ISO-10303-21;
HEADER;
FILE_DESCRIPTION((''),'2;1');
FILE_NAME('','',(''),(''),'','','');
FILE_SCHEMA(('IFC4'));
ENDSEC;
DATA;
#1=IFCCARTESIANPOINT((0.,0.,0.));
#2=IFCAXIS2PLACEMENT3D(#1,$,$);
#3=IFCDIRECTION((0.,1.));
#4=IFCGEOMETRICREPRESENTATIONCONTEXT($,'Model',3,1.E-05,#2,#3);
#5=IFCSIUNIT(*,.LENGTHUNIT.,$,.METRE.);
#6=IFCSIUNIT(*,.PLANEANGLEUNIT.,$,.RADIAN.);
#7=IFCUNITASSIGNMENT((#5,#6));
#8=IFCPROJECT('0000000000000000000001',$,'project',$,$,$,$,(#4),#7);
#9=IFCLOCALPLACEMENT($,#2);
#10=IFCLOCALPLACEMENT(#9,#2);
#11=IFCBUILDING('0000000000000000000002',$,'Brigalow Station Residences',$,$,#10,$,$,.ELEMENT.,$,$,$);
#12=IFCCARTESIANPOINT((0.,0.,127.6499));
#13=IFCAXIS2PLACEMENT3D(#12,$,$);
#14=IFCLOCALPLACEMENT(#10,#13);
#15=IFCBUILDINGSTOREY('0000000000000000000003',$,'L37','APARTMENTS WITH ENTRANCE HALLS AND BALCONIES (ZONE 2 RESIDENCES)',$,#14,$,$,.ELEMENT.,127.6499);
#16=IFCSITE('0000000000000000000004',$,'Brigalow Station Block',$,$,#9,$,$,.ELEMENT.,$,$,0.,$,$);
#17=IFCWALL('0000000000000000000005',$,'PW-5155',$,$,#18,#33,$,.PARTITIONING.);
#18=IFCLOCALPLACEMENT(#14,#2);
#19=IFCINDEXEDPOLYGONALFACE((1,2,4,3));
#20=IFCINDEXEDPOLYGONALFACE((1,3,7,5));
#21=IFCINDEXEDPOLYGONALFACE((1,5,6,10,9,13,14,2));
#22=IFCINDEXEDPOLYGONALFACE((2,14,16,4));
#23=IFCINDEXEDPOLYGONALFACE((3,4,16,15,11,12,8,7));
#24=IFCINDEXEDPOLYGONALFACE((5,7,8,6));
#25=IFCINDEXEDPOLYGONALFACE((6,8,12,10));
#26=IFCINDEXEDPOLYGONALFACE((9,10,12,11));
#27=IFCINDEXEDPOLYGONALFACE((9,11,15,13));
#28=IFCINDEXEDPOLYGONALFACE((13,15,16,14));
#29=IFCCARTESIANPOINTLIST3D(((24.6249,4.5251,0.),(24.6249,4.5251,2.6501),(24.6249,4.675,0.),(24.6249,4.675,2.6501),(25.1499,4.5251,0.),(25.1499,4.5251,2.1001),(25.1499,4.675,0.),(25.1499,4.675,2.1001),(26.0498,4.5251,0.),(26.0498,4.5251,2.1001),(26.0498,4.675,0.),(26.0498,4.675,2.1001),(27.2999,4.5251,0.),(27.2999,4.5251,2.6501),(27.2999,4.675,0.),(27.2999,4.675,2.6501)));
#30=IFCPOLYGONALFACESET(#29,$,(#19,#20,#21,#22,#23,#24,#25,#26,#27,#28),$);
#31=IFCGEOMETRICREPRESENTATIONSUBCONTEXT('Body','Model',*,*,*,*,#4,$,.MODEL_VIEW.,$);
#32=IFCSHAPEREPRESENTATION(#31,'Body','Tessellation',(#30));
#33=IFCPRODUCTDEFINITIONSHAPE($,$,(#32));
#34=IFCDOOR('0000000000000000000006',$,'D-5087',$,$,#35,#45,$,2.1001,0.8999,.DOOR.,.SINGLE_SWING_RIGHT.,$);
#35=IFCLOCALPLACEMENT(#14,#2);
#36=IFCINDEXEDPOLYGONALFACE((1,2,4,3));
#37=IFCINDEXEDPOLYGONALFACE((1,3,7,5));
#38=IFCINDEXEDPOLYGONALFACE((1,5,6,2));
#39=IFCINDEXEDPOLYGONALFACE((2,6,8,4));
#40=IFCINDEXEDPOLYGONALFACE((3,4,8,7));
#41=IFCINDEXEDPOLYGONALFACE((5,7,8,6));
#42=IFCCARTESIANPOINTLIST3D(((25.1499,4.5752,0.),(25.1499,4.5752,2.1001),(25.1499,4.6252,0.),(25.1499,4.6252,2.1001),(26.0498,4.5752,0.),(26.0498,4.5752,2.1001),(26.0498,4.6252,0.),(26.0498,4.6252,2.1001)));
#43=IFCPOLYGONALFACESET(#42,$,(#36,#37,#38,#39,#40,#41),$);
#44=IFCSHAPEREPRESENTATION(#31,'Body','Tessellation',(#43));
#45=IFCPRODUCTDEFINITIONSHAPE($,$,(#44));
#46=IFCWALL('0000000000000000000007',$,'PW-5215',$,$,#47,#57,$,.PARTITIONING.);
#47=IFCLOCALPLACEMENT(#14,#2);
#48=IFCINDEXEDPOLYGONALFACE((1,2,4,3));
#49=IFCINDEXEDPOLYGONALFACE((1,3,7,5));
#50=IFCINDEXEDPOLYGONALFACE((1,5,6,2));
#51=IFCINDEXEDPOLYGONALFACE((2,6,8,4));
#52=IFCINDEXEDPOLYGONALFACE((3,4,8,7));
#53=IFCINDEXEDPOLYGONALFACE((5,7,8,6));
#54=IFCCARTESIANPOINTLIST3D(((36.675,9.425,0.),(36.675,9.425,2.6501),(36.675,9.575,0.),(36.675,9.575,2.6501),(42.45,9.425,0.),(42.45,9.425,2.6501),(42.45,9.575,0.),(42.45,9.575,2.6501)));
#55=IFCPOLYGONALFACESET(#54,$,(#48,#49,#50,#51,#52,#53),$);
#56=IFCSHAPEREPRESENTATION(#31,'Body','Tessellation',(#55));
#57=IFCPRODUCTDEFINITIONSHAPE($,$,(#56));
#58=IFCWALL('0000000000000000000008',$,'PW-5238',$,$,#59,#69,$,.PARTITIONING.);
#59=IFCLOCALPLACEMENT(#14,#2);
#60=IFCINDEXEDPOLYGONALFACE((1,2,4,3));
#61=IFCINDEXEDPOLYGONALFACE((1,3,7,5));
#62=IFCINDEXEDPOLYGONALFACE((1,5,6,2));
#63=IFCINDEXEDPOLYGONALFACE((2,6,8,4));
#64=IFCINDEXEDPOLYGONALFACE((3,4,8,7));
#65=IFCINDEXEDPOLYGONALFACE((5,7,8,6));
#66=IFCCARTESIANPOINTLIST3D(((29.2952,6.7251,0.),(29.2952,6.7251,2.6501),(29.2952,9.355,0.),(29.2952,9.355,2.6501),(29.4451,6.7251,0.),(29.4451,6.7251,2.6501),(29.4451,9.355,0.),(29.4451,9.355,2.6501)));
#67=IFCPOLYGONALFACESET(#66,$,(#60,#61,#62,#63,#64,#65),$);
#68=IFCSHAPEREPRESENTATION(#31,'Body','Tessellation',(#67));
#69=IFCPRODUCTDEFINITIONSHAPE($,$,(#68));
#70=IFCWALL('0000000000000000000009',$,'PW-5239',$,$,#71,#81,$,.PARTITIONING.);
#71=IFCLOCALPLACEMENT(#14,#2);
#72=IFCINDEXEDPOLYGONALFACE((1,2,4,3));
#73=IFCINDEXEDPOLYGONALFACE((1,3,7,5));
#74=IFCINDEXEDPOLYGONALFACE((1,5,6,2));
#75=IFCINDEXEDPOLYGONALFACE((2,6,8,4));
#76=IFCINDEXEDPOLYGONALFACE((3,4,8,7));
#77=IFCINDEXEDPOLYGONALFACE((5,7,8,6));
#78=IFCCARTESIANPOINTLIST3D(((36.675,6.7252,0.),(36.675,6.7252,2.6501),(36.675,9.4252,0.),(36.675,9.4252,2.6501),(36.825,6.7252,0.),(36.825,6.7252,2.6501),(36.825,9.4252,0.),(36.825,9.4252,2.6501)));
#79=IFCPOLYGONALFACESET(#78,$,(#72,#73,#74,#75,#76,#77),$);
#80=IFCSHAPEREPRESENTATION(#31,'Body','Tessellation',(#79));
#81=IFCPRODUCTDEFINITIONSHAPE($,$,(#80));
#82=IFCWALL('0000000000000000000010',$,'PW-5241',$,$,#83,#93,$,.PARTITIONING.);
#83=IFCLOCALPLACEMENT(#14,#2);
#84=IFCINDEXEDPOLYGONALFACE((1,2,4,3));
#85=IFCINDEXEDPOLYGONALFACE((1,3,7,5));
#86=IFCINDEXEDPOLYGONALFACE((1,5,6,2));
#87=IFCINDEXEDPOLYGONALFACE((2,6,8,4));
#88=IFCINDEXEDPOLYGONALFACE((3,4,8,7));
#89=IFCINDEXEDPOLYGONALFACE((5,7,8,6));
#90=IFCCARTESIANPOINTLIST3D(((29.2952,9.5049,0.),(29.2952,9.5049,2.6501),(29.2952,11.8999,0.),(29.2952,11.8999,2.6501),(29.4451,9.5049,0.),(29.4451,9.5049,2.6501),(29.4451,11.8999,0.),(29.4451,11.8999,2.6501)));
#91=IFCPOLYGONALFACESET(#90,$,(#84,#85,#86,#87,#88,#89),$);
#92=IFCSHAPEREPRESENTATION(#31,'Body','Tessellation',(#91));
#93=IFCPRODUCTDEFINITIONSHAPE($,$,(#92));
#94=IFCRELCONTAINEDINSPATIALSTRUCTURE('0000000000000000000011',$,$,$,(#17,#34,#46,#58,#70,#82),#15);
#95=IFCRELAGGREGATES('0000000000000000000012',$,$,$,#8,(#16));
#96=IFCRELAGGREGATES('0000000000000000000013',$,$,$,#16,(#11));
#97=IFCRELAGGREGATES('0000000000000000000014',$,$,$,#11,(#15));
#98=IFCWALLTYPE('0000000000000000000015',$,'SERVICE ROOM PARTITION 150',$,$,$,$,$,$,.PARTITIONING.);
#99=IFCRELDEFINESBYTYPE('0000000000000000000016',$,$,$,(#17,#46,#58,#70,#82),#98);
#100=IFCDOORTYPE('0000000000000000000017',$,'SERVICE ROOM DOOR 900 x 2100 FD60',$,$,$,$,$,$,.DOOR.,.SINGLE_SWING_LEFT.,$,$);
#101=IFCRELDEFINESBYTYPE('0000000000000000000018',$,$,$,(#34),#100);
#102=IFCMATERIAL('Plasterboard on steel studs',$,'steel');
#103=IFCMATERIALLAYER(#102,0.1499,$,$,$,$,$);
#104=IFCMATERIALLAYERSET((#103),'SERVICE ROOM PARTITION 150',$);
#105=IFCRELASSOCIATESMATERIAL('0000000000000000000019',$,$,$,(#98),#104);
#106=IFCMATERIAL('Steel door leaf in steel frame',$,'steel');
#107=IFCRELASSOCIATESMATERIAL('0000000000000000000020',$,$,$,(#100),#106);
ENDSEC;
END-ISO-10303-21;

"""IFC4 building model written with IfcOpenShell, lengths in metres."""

from ifc_helpers import new_model, si_unit, direction, frame, frame_2d, origin, place, context, subcontext, project, spatial, rectangle, extrude, material, layer, layer_set, type_object, element, fill, save


model = new_model("IFC4")

# Units and contexts
model_context = context("Model", 3, precision=1e-05, world=origin(), true_north=direction((0.0, 1.0)))
body_context = subcontext(model_context, "Body", "Model", "MODEL_VIEW")
ifc_project = project(units=[si_unit("LENGTHUNIT", "METRE"), si_unit("PLANEANGLEUNIT", "RADIAN")], contexts=[model_context])

# Site, building, storey
site_placement = place(None, origin())
site = spatial("IfcSite", under=ifc_project, at=site_placement, Name="Brigalow Station Block", CompositionType="ELEMENT", RefElevation=0.0)
building_placement = place(site_placement, origin())
building = spatial("IfcBuilding", under=site, at=building_placement, Name="Brigalow Station Residences", CompositionType="ELEMENT")
storey_placement = place(building_placement, frame((0.0, 0.0, 127.6499)))
storey = spatial("IfcBuildingStorey", under=building, at=storey_placement, Name="L37", Description="APARTMENTS WITH ENTRANCE HALLS AND BALCONIES (ZONE 2 RESIDENCES)", CompositionType="ELEMENT", Elevation=127.6499)

# Wall, opening, door
ifc_material_1 = material(Name="Plasterboard on steel studs", Category="steel")
ifc_layer_1 = layer(ifc_material_1, 0.1499)
ifc_layer_set_1 = layer_set([ifc_layer_1], Name="SERVICE ROOM PARTITION 150")
wall_type_1 = type_object("IfcWallType", Name="SERVICE ROOM PARTITION 150", PredefinedType="PARTITIONING", material=ifc_layer_set_1)
wall_1_placement = place(storey_placement, frame((24.625, 4.6001, 0.0), z_axis=(0.0, 0.0, 1.0), x_axis=(1.0, 0.0, 0.0)))
wall_1 = element("IfcWall", 1, at=wall_1_placement, inside=storey, type_object=wall_type_1, Name="PW-5155", PredefinedType="PARTITIONING", context=body_context, shape_type="SweptSolid", body=[
    extrude(rectangle(XDim=2.675, YDim=0.1499, at=frame_2d((1.3374, 0.0))), origin(), (0.0, 0.0, 1.0), 2.6501),
])
opening_1_placement = place(wall_1_placement, frame((0.5249, 0.0, 0.0)))
opening_1 = element("IfcOpeningElement", 2, at=opening_1_placement, cuts=wall_1, PredefinedType="OPENING", context=body_context, shape_type="SweptSolid", body=[
    extrude(rectangle(XDim=0.8999, YDim=2.1001, at=frame_2d((0.45, 1.05))), frame((0.0, 0.085, 0.0), z_axis=(0.0, -1.0, 0.0), x_axis=(1.0, 0.0, 0.0)), (0.0, 0.0, 1.0), 0.1699),
])
ifc_material_2 = material(Name="Steel door leaf in steel frame", Category="steel")
door_type_1 = type_object("IfcDoorType", Name="SERVICE ROOM DOOR 900 x 2100 FD60", OperationType="SINGLE_SWING_LEFT", PredefinedType="DOOR", material=ifc_material_2)
door_1_placement = place(opening_1_placement, frame((0.8999, 0.0, 0.0), z_axis=(0.0, 0.0, 1.0), x_axis=(-1.0, 0.0, 0.0)))
door_1 = element("IfcDoor", 3, at=door_1_placement, inside=storey, type_object=door_type_1, Name="D-5087", OperationType="SINGLE_SWING_RIGHT", OverallHeight=2.1001, OverallWidth=0.8999, PredefinedType="DOOR", context=body_context, shape_type="SweptSolid", body=[
    extrude(rectangle(XDim=0.8999, YDim=2.1001, at=frame_2d((0.45, 1.05))), frame((0.0, 0.0249, 0.0), z_axis=(0.0, -1.0, 0.0), x_axis=(1.0, 0.0, 0.0)), (0.0, 0.0, 1.0), 0.05),
])
fill(opening_1, door_1)

# Walls
wall_2_placement = place(storey_placement, frame((36.675, 9.5, 0.0), z_axis=(0.0, 0.0, 1.0), x_axis=(1.0, 0.0, 0.0)))
element("IfcWall", 4, at=wall_2_placement, inside=storey, type_object=wall_type_1, Name="PW-5215", PredefinedType="PARTITIONING", context=body_context, shape_type="SweptSolid", body=[
    extrude(rectangle(XDim=5.7749, YDim=0.1499, at=frame_2d((2.8875, 0.0))), origin(), (0.0, 0.0, 1.0), 2.6501),
])
wall_3_placement = place(storey_placement, frame((29.3701, 6.7251, 0.0), z_axis=(0.0, 0.0, 1.0), x_axis=(0.0, 1.0, 0.0)))
element("IfcWall", 5, at=wall_3_placement, inside=storey, type_object=wall_type_1, Name="PW-5238", PredefinedType="PARTITIONING", context=body_context, shape_type="SweptSolid", body=[
    extrude(rectangle(XDim=2.6299, YDim=0.1499, at=frame_2d((1.3149, 0.0))), origin(), (0.0, 0.0, 1.0), 2.6501),
])
wall_4_placement = place(storey_placement, frame((36.75, 6.7251, 0.0), z_axis=(0.0, 0.0, 1.0), x_axis=(0.0, 1.0, 0.0)))
element("IfcWall", 6, at=wall_4_placement, inside=storey, type_object=wall_type_1, Name="PW-5239", PredefinedType="PARTITIONING", context=body_context, shape_type="SweptSolid", body=[
    extrude(rectangle(XDim=2.7, YDim=0.1499, at=frame_2d((1.3501, 0.0))), origin(), (0.0, 0.0, 1.0), 2.6501),
])
wall_5_placement = place(storey_placement, frame((29.3701, 9.5049, 0.0), z_axis=(0.0, 0.0, 1.0), x_axis=(0.0, 1.0, 0.0)))
element("IfcWall", 7, at=wall_5_placement, inside=storey, type_object=wall_type_1, Name="PW-5241", PredefinedType="PARTITIONING", context=body_context, shape_type="SweptSolid", body=[
    extrude(rectangle(XDim=2.395, YDim=0.1499, at=frame_2d((1.1975, 0.0))), origin(), (0.0, 0.0, 1.0), 2.6501),
])

save(model, "model.ifc")
